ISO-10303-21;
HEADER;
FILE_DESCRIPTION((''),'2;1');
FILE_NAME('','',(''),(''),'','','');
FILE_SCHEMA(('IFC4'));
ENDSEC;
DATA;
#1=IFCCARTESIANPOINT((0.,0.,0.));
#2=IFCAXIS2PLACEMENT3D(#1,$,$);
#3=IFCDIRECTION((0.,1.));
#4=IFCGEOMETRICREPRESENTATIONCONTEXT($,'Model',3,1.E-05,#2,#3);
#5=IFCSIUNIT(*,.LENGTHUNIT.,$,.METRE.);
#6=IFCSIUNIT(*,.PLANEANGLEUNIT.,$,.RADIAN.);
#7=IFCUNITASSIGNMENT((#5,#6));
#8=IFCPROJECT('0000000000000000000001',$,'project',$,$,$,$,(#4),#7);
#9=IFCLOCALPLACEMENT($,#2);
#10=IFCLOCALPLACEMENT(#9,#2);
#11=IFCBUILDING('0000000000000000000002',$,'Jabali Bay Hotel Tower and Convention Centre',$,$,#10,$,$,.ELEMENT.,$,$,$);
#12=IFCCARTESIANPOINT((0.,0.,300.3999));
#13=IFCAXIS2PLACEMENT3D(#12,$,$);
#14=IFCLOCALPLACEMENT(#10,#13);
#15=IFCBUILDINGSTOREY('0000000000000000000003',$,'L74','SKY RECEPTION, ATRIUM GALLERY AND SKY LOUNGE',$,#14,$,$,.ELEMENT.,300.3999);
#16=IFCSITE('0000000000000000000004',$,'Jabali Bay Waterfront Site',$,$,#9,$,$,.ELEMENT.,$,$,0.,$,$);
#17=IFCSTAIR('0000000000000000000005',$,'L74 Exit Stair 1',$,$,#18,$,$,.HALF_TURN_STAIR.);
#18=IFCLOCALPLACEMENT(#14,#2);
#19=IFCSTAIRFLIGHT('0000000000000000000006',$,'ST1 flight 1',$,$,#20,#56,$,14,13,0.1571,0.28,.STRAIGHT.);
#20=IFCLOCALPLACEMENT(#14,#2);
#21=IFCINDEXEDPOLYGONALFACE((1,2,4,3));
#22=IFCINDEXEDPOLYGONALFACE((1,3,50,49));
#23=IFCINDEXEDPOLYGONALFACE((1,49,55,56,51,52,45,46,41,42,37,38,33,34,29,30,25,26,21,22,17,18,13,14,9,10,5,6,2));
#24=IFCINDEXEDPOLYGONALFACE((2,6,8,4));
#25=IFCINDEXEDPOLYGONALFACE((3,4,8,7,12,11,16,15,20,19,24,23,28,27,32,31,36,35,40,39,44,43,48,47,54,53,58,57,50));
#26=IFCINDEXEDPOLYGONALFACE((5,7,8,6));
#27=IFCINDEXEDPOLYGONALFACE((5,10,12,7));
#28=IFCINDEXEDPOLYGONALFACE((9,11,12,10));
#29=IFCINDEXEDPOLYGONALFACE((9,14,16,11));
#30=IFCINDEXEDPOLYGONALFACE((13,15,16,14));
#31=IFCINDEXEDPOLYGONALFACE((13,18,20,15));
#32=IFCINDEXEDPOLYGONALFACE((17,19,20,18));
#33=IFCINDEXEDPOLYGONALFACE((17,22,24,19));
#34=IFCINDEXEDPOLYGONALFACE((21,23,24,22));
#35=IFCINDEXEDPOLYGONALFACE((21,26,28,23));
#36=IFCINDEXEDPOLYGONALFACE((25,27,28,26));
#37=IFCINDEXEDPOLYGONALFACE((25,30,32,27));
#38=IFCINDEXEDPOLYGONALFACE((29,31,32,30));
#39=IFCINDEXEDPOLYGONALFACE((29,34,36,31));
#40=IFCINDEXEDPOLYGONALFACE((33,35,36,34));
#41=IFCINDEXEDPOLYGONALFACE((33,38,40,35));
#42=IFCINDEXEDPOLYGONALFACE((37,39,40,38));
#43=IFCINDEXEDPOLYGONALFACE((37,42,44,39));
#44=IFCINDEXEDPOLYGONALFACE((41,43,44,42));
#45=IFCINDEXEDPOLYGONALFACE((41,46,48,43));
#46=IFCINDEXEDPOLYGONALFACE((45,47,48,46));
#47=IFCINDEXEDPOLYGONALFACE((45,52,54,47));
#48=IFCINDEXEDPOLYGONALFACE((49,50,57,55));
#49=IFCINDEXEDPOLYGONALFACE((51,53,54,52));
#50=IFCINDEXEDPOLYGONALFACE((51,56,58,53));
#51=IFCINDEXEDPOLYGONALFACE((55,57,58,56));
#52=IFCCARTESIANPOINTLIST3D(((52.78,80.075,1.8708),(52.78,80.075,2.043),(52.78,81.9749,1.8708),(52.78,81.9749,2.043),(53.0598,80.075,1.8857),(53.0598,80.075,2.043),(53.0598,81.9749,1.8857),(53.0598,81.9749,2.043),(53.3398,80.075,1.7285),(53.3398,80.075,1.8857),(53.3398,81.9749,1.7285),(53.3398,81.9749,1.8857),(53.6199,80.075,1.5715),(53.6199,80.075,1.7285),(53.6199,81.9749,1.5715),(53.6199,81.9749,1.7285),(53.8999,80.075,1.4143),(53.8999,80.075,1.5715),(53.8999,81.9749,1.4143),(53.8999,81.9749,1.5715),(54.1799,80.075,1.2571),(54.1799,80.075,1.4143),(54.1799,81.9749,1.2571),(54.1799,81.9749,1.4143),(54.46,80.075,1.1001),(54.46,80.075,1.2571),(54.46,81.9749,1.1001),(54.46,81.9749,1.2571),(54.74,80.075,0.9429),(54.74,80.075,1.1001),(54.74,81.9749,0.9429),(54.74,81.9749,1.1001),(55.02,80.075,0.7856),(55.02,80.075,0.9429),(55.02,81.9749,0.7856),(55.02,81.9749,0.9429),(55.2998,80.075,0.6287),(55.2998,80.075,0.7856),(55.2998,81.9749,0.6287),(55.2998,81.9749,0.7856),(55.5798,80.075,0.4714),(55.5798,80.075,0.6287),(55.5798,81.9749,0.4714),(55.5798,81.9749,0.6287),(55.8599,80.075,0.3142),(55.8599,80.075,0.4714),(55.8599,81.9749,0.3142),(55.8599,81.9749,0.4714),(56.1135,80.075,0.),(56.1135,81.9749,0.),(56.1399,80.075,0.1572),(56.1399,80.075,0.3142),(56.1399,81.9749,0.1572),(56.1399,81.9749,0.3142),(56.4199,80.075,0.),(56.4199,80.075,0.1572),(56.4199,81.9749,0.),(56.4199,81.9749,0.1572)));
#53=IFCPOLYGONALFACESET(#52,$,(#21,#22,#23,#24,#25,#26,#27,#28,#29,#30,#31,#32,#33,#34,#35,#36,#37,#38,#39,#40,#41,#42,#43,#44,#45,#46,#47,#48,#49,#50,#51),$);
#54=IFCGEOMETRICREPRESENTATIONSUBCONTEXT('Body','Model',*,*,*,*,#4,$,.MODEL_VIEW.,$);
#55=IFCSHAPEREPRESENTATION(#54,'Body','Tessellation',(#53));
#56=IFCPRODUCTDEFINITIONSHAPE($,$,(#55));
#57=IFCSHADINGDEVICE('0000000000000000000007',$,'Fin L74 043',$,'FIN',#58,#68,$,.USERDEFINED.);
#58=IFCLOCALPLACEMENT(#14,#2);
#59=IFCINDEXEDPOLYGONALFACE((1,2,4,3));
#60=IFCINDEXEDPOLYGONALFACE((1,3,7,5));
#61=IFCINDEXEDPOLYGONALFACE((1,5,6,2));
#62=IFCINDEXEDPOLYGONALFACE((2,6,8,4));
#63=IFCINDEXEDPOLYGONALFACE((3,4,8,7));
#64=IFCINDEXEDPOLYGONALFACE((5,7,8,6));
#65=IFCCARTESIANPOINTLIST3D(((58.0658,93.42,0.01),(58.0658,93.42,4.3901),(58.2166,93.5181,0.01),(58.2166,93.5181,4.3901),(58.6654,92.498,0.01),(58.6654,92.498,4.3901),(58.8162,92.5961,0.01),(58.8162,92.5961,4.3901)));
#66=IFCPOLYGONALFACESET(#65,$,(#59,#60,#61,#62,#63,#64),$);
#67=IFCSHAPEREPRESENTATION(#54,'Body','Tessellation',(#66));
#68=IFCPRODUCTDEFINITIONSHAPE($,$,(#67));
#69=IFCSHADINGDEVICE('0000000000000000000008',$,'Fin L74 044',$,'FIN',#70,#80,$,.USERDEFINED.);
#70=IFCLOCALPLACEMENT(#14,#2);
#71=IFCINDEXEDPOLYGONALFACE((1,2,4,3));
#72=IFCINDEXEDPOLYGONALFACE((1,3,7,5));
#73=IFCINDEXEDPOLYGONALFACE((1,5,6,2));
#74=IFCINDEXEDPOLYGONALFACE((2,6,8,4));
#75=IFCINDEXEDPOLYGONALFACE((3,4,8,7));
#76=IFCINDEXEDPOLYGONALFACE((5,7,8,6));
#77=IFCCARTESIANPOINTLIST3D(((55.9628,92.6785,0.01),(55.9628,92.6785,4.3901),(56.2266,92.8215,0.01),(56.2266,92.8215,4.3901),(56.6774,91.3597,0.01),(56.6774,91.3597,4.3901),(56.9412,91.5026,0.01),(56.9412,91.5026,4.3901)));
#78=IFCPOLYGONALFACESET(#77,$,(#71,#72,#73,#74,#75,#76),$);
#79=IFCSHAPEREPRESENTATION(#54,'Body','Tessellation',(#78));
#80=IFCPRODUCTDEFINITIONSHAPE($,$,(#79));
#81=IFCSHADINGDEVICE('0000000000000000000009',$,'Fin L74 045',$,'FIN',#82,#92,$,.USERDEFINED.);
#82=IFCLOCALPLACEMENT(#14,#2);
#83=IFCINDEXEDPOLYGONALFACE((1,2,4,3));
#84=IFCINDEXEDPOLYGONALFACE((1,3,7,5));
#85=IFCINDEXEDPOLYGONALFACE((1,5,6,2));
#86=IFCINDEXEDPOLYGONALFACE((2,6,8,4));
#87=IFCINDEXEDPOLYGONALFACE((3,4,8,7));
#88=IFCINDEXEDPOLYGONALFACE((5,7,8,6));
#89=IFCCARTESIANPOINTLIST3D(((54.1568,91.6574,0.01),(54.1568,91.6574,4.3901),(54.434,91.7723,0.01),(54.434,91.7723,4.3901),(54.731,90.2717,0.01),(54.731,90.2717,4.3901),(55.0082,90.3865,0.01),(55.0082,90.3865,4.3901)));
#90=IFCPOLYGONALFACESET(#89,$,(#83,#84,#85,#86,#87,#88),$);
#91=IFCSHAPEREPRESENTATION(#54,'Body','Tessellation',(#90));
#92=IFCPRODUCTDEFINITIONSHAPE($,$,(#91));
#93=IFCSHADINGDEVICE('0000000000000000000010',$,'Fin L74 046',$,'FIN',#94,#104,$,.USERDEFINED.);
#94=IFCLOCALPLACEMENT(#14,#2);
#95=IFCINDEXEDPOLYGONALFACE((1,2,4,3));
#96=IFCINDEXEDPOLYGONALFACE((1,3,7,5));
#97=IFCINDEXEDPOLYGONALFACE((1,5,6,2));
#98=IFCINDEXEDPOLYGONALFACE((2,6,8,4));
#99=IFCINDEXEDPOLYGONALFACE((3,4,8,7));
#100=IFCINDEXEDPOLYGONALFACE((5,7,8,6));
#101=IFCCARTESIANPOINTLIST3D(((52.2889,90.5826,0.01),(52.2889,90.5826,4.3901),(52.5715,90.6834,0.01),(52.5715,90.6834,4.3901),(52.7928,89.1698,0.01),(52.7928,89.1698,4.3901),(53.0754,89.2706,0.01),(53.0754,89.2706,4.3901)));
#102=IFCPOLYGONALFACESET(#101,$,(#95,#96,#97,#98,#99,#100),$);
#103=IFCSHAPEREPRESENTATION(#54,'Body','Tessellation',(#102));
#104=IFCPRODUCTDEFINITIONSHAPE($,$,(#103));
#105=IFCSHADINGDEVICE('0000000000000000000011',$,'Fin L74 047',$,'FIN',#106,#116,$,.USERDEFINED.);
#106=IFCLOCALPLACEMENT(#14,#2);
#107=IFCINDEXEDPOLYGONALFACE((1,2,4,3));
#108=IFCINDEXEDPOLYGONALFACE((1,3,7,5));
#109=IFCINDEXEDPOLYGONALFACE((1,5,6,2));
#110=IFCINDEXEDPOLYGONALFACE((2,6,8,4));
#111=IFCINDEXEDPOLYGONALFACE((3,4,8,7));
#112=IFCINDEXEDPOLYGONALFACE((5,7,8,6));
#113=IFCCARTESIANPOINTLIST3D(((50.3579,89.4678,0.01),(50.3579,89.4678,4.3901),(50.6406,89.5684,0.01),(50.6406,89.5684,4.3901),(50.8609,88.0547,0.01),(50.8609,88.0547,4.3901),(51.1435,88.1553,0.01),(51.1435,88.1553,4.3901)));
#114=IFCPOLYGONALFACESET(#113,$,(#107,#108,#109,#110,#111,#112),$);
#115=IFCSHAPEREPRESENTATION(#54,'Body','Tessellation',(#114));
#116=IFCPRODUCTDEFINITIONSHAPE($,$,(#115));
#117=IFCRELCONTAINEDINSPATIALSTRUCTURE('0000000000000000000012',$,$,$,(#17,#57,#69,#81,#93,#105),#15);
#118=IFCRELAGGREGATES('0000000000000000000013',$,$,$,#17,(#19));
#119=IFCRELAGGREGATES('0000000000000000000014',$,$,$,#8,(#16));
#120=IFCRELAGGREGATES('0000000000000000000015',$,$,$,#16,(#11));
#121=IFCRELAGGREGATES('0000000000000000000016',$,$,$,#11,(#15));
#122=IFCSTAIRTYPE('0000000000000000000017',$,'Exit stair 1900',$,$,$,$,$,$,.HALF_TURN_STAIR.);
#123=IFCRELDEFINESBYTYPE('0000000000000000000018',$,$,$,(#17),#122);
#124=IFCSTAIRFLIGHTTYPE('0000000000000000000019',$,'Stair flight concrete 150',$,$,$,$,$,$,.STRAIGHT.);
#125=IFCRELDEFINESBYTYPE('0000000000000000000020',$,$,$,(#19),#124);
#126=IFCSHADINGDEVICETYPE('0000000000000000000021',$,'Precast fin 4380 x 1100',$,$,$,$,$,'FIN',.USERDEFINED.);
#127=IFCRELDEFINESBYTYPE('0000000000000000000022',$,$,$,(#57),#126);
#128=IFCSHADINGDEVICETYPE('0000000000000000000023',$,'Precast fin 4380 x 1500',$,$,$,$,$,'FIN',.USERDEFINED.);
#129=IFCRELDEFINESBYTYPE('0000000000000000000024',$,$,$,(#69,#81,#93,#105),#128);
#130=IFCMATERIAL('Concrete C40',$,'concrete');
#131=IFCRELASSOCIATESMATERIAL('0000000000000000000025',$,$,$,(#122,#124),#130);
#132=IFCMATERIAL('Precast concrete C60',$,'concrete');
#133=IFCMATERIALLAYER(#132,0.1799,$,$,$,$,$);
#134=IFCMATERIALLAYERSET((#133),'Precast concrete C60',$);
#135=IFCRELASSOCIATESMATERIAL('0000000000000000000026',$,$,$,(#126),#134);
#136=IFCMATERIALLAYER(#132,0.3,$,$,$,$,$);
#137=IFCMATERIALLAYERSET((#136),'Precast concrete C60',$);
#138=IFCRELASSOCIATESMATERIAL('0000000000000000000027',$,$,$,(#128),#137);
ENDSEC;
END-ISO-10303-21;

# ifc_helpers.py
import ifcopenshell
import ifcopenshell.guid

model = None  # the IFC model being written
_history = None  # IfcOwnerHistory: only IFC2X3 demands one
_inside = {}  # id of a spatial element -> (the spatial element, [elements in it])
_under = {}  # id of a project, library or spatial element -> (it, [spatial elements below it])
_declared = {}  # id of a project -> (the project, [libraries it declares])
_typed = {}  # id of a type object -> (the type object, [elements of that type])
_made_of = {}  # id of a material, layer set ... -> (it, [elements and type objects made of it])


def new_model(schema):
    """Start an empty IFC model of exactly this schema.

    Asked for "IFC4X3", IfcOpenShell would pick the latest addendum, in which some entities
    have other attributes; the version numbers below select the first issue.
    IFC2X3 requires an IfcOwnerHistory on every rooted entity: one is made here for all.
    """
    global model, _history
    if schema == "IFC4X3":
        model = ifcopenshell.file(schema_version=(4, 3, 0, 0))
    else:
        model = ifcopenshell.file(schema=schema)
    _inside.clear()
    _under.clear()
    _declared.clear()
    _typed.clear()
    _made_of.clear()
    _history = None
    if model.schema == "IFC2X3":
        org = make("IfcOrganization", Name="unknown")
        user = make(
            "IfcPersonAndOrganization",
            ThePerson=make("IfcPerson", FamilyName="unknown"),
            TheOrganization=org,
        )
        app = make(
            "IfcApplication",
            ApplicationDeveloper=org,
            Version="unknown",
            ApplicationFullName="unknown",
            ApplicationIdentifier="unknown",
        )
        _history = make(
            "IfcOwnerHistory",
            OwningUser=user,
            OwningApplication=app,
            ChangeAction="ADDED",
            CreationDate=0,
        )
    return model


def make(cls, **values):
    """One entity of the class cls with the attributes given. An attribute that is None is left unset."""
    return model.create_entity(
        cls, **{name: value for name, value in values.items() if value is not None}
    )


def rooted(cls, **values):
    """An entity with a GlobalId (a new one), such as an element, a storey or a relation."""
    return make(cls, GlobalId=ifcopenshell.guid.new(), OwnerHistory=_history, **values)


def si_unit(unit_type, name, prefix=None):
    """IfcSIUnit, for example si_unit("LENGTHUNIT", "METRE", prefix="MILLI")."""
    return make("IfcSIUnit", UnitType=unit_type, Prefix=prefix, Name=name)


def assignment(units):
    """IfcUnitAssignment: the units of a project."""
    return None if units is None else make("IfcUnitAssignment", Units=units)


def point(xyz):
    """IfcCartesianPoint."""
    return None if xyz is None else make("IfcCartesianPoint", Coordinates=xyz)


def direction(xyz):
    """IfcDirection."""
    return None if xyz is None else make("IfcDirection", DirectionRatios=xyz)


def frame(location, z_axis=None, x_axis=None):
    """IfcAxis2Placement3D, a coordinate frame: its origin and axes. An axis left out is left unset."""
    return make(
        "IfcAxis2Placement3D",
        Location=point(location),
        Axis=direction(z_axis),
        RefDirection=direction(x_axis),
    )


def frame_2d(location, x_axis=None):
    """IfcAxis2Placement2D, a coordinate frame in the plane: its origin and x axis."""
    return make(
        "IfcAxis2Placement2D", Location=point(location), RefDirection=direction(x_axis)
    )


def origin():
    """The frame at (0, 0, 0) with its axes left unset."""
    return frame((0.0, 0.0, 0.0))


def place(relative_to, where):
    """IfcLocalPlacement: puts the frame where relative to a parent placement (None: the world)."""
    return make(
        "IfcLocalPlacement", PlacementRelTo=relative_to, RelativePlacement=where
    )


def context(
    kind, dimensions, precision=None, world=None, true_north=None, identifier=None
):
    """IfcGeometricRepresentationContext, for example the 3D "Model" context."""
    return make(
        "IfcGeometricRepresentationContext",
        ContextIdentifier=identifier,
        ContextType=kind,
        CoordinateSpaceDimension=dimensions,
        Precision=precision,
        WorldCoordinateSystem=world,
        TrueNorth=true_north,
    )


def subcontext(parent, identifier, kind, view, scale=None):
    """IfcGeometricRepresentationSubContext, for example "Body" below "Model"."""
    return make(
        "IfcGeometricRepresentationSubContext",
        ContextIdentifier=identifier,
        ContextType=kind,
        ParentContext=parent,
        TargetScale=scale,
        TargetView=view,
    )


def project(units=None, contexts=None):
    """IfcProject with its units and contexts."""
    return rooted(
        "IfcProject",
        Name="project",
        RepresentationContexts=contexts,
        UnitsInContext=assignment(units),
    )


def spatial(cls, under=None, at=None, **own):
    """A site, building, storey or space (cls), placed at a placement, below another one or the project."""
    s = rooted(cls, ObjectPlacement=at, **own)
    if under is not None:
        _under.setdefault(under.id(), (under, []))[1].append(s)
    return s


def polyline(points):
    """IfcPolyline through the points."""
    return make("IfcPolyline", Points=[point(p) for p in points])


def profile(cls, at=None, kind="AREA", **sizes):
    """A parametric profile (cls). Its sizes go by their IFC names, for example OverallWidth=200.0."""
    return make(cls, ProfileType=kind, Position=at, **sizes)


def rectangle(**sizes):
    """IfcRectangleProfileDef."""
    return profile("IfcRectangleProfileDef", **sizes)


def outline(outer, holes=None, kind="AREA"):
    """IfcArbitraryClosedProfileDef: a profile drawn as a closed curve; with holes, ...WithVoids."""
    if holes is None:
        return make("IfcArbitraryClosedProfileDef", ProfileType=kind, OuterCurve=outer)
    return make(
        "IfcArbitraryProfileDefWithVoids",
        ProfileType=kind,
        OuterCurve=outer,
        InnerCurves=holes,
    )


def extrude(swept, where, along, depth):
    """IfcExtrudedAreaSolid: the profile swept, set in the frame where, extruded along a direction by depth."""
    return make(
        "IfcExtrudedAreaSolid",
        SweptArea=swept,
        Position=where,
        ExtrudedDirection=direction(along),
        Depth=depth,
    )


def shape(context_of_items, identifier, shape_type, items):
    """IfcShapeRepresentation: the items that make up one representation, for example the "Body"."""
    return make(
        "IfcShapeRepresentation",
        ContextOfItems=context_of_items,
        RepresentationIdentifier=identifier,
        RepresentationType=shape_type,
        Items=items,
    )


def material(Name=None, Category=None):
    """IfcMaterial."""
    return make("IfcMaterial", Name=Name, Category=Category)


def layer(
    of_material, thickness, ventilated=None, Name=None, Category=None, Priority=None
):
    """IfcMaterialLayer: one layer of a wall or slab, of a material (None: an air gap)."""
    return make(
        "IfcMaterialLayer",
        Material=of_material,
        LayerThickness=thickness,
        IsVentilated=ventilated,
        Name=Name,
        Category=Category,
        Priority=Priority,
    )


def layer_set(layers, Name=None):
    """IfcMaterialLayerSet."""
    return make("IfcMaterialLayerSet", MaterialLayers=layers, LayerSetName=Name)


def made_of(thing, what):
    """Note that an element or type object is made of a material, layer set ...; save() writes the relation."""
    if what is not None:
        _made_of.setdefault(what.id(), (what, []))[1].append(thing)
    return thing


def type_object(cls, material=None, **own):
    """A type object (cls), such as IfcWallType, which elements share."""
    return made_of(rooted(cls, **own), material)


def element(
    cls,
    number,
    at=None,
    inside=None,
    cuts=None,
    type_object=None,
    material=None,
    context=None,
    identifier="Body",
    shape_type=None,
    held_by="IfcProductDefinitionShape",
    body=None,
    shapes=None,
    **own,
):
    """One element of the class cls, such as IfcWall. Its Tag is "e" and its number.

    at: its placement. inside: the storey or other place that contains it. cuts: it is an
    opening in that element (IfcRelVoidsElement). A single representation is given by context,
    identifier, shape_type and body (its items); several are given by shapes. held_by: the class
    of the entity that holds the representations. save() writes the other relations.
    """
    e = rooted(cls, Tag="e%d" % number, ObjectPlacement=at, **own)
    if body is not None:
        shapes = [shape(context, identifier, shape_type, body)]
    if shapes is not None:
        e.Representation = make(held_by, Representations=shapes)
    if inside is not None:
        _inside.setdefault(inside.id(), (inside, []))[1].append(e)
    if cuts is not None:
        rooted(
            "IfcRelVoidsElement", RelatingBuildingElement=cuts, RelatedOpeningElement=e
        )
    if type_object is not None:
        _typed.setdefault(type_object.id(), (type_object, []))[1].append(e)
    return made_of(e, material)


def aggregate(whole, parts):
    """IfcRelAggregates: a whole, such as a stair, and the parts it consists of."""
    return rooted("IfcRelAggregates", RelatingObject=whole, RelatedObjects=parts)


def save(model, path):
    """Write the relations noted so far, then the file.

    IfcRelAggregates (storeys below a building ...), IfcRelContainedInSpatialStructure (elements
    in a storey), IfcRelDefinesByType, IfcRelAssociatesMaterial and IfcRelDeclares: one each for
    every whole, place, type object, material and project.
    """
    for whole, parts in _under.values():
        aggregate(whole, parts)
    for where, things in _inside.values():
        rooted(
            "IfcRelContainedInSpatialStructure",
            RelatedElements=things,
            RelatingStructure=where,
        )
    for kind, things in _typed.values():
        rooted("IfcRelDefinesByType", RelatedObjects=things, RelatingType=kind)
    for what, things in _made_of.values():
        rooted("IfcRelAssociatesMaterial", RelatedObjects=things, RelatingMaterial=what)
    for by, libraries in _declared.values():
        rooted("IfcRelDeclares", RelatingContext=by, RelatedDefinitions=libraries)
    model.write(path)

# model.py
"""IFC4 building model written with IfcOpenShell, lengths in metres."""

from ifc_helpers import new_model, si_unit, direction, frame, frame_2d, origin, place, context, subcontext, project, spatial, polyline, rectangle, outline, extrude, material, layer, layer_set, type_object, element, aggregate, save


model = new_model("IFC4")

# Units and contexts
model_context = context("Model", 3, precision=1e-05, world=origin(), true_north=direction((0.0, 1.0)))
body_context = subcontext(model_context, "Body", "Model", "MODEL_VIEW")
ifc_project = project(units=[si_unit("LENGTHUNIT", "METRE"), si_unit("PLANEANGLEUNIT", "RADIAN")], contexts=[model_context])

# Site, building, storey
site_placement = place(None, origin())
site = spatial("IfcSite", under=ifc_project, at=site_placement, Name="Jabali Bay Waterfront Site", CompositionType="ELEMENT", RefElevation=0.0)
building_placement = place(site_placement, origin())
building = spatial("IfcBuilding", under=site, at=building_placement, Name="Jabali Bay Hotel Tower and Convention Centre", CompositionType="ELEMENT")
storey_placement = place(building_placement, frame((0.0, 0.0, 300.3999)))
storey = spatial("IfcBuildingStorey", under=building, at=storey_placement, Name="L74", Description="SKY RECEPTION, ATRIUM GALLERY AND SKY LOUNGE", CompositionType="ELEMENT", Elevation=300.3999)

# Shared definitions
ifc_material_1 = material(Name="Concrete C40", Category="concrete")

# Stair, stair flight
stair_type = type_object("IfcStairType", Name="Exit stair 1900", PredefinedType="HALF_TURN_STAIR", material=ifc_material_1)
stair_placement = place(storey_placement, origin())
stair = element("IfcStair", 1, at=stair_placement, inside=storey, type_object=stair_type, Name="L74 Exit Stair 1", PredefinedType="HALF_TURN_STAIR")
stair_flight_type = type_object("IfcStairFlightType", Name="Stair flight concrete 150", PredefinedType="STRAIGHT", material=ifc_material_1)
stair_flight_placement = place(storey_placement, frame((56.4199, 81.0249, 0.0), z_axis=(0.0, 0.0, 1.0), x_axis=(-1.0, 0.0, 0.0)))
stair_flight = element("IfcStairFlight", 2, at=stair_flight_placement, type_object=stair_flight_type, Name="ST1 flight 1", NumberOfRisers=14, NumberOfTreads=13, PredefinedType="STRAIGHT", RiserHeight=0.1571, TreadLength=0.28, context=body_context, shape_type="SweptSolid", body=[
    extrude(outline(polyline([(0.0, 0.0), (0.0, 0.1572), (0.28, 0.1572), (0.28, 0.3142), (0.5601, 0.3142), (0.5601, 0.4714), (0.8401, 0.4714), (0.8401, 0.6287), (1.1201, 0.6287), (1.1201, 0.7856), (1.3999, 0.7856), (1.3999, 0.9429), (1.6799, 0.9429), (1.6799, 1.1001), (1.96, 1.1001), (1.96, 1.2571), (2.24, 1.2571), (2.24, 1.4143), (2.52, 1.4143), (2.52, 1.5715), (2.8, 1.5715), (2.8, 1.7285), (3.0801, 1.7285), (3.0801, 1.8857), (3.3601, 1.8857), (3.3601, 2.043), (3.6399, 2.043), (3.6399, 2.2), (3.6399, 1.8708), (0.3064, 0.0), (0.0, 0.0)])), frame((0.0, 0.95, 0.0), z_axis=(0.0, -1.0, 0.0), x_axis=(1.0, 0.0, 0.0)), (0.0, 0.0, 1.0), 1.8999),
])
aggregate(stair, [stair_flight])

# Shading devices
ifc_material_2 = material(Name="Precast concrete C60", Category="concrete")
ifc_layer_1 = layer(ifc_material_2, 0.1799)
ifc_layer_set_1 = layer_set([ifc_layer_1], Name="Precast concrete C60")
shading_device_type_1 = type_object("IfcShadingDeviceType", Name="Precast fin 4380 x 1100", ElementType="FIN", PredefinedType="USERDEFINED", material=ifc_layer_set_1)
shading_device_placement = place(storey_placement, frame((58.7407, 92.5471, 0.01), z_axis=(0.0, 0.0, 1.0), x_axis=(-0.545137, 0.838347, 0.0)))
element("IfcShadingDevice", 3, at=shading_device_placement, inside=storey, type_object=shading_device_type_1, Name="Fin L74 043", ObjectType="FIN", PredefinedType="USERDEFINED", context=body_context, shape_type="SweptSolid", body=[
    extrude(rectangle(XDim=1.0999, YDim=0.1799, at=frame_2d((0.5498, 0.0))), origin(), (0.0, 0.0, 1.0), 4.3801),
])
ifc_layer_2 = layer(ifc_material_2, 0.3)
ifc_layer_set_2 = layer_set([ifc_layer_2], Name="Precast concrete C60")
shading_device_type_2 = type_object("IfcShadingDeviceType", Name="Precast fin 4380 x 1500", ElementType="FIN", PredefinedType="USERDEFINED", material=ifc_layer_set_2)
for number, where, z_axis, x_axis, name in (
    (4, (56.8093, 91.4312, 0.01), (0.0, 0.0, 1.0), (-0.476398, 0.879229, 0.0), "Fin L74 044"),
    (5, (54.8696, 90.3291, 0.01), (0.0, 0.0, 1.0), (-0.382812, 0.923826, 0.0), "Fin L74 045"),
    (6, (52.9341, 89.2202, 0.01), (0.0, 0.0, 1.0), (-0.335934, 0.941885, 0.0), "Fin L74 046"),
    (7, (51.0022, 88.105, 0.01), (0.0, 0.0, 1.0), (-0.335305, 0.94211, 0.0), "Fin L74 047"),
):
    element("IfcShadingDevice", number, at=place(storey_placement, frame(where, z_axis=z_axis, x_axis=x_axis)), inside=storey, type_object=shading_device_type_2, Name=name, ObjectType="FIN", PredefinedType="USERDEFINED", context=body_context, shape_type="SweptSolid", body=[
        extrude(rectangle(XDim=1.5, YDim=0.3, at=frame_2d((0.75, 0.0))), origin(), (0.0, 0.0, 1.0), 4.3801),
    ])

save(model, "model.ifc")
